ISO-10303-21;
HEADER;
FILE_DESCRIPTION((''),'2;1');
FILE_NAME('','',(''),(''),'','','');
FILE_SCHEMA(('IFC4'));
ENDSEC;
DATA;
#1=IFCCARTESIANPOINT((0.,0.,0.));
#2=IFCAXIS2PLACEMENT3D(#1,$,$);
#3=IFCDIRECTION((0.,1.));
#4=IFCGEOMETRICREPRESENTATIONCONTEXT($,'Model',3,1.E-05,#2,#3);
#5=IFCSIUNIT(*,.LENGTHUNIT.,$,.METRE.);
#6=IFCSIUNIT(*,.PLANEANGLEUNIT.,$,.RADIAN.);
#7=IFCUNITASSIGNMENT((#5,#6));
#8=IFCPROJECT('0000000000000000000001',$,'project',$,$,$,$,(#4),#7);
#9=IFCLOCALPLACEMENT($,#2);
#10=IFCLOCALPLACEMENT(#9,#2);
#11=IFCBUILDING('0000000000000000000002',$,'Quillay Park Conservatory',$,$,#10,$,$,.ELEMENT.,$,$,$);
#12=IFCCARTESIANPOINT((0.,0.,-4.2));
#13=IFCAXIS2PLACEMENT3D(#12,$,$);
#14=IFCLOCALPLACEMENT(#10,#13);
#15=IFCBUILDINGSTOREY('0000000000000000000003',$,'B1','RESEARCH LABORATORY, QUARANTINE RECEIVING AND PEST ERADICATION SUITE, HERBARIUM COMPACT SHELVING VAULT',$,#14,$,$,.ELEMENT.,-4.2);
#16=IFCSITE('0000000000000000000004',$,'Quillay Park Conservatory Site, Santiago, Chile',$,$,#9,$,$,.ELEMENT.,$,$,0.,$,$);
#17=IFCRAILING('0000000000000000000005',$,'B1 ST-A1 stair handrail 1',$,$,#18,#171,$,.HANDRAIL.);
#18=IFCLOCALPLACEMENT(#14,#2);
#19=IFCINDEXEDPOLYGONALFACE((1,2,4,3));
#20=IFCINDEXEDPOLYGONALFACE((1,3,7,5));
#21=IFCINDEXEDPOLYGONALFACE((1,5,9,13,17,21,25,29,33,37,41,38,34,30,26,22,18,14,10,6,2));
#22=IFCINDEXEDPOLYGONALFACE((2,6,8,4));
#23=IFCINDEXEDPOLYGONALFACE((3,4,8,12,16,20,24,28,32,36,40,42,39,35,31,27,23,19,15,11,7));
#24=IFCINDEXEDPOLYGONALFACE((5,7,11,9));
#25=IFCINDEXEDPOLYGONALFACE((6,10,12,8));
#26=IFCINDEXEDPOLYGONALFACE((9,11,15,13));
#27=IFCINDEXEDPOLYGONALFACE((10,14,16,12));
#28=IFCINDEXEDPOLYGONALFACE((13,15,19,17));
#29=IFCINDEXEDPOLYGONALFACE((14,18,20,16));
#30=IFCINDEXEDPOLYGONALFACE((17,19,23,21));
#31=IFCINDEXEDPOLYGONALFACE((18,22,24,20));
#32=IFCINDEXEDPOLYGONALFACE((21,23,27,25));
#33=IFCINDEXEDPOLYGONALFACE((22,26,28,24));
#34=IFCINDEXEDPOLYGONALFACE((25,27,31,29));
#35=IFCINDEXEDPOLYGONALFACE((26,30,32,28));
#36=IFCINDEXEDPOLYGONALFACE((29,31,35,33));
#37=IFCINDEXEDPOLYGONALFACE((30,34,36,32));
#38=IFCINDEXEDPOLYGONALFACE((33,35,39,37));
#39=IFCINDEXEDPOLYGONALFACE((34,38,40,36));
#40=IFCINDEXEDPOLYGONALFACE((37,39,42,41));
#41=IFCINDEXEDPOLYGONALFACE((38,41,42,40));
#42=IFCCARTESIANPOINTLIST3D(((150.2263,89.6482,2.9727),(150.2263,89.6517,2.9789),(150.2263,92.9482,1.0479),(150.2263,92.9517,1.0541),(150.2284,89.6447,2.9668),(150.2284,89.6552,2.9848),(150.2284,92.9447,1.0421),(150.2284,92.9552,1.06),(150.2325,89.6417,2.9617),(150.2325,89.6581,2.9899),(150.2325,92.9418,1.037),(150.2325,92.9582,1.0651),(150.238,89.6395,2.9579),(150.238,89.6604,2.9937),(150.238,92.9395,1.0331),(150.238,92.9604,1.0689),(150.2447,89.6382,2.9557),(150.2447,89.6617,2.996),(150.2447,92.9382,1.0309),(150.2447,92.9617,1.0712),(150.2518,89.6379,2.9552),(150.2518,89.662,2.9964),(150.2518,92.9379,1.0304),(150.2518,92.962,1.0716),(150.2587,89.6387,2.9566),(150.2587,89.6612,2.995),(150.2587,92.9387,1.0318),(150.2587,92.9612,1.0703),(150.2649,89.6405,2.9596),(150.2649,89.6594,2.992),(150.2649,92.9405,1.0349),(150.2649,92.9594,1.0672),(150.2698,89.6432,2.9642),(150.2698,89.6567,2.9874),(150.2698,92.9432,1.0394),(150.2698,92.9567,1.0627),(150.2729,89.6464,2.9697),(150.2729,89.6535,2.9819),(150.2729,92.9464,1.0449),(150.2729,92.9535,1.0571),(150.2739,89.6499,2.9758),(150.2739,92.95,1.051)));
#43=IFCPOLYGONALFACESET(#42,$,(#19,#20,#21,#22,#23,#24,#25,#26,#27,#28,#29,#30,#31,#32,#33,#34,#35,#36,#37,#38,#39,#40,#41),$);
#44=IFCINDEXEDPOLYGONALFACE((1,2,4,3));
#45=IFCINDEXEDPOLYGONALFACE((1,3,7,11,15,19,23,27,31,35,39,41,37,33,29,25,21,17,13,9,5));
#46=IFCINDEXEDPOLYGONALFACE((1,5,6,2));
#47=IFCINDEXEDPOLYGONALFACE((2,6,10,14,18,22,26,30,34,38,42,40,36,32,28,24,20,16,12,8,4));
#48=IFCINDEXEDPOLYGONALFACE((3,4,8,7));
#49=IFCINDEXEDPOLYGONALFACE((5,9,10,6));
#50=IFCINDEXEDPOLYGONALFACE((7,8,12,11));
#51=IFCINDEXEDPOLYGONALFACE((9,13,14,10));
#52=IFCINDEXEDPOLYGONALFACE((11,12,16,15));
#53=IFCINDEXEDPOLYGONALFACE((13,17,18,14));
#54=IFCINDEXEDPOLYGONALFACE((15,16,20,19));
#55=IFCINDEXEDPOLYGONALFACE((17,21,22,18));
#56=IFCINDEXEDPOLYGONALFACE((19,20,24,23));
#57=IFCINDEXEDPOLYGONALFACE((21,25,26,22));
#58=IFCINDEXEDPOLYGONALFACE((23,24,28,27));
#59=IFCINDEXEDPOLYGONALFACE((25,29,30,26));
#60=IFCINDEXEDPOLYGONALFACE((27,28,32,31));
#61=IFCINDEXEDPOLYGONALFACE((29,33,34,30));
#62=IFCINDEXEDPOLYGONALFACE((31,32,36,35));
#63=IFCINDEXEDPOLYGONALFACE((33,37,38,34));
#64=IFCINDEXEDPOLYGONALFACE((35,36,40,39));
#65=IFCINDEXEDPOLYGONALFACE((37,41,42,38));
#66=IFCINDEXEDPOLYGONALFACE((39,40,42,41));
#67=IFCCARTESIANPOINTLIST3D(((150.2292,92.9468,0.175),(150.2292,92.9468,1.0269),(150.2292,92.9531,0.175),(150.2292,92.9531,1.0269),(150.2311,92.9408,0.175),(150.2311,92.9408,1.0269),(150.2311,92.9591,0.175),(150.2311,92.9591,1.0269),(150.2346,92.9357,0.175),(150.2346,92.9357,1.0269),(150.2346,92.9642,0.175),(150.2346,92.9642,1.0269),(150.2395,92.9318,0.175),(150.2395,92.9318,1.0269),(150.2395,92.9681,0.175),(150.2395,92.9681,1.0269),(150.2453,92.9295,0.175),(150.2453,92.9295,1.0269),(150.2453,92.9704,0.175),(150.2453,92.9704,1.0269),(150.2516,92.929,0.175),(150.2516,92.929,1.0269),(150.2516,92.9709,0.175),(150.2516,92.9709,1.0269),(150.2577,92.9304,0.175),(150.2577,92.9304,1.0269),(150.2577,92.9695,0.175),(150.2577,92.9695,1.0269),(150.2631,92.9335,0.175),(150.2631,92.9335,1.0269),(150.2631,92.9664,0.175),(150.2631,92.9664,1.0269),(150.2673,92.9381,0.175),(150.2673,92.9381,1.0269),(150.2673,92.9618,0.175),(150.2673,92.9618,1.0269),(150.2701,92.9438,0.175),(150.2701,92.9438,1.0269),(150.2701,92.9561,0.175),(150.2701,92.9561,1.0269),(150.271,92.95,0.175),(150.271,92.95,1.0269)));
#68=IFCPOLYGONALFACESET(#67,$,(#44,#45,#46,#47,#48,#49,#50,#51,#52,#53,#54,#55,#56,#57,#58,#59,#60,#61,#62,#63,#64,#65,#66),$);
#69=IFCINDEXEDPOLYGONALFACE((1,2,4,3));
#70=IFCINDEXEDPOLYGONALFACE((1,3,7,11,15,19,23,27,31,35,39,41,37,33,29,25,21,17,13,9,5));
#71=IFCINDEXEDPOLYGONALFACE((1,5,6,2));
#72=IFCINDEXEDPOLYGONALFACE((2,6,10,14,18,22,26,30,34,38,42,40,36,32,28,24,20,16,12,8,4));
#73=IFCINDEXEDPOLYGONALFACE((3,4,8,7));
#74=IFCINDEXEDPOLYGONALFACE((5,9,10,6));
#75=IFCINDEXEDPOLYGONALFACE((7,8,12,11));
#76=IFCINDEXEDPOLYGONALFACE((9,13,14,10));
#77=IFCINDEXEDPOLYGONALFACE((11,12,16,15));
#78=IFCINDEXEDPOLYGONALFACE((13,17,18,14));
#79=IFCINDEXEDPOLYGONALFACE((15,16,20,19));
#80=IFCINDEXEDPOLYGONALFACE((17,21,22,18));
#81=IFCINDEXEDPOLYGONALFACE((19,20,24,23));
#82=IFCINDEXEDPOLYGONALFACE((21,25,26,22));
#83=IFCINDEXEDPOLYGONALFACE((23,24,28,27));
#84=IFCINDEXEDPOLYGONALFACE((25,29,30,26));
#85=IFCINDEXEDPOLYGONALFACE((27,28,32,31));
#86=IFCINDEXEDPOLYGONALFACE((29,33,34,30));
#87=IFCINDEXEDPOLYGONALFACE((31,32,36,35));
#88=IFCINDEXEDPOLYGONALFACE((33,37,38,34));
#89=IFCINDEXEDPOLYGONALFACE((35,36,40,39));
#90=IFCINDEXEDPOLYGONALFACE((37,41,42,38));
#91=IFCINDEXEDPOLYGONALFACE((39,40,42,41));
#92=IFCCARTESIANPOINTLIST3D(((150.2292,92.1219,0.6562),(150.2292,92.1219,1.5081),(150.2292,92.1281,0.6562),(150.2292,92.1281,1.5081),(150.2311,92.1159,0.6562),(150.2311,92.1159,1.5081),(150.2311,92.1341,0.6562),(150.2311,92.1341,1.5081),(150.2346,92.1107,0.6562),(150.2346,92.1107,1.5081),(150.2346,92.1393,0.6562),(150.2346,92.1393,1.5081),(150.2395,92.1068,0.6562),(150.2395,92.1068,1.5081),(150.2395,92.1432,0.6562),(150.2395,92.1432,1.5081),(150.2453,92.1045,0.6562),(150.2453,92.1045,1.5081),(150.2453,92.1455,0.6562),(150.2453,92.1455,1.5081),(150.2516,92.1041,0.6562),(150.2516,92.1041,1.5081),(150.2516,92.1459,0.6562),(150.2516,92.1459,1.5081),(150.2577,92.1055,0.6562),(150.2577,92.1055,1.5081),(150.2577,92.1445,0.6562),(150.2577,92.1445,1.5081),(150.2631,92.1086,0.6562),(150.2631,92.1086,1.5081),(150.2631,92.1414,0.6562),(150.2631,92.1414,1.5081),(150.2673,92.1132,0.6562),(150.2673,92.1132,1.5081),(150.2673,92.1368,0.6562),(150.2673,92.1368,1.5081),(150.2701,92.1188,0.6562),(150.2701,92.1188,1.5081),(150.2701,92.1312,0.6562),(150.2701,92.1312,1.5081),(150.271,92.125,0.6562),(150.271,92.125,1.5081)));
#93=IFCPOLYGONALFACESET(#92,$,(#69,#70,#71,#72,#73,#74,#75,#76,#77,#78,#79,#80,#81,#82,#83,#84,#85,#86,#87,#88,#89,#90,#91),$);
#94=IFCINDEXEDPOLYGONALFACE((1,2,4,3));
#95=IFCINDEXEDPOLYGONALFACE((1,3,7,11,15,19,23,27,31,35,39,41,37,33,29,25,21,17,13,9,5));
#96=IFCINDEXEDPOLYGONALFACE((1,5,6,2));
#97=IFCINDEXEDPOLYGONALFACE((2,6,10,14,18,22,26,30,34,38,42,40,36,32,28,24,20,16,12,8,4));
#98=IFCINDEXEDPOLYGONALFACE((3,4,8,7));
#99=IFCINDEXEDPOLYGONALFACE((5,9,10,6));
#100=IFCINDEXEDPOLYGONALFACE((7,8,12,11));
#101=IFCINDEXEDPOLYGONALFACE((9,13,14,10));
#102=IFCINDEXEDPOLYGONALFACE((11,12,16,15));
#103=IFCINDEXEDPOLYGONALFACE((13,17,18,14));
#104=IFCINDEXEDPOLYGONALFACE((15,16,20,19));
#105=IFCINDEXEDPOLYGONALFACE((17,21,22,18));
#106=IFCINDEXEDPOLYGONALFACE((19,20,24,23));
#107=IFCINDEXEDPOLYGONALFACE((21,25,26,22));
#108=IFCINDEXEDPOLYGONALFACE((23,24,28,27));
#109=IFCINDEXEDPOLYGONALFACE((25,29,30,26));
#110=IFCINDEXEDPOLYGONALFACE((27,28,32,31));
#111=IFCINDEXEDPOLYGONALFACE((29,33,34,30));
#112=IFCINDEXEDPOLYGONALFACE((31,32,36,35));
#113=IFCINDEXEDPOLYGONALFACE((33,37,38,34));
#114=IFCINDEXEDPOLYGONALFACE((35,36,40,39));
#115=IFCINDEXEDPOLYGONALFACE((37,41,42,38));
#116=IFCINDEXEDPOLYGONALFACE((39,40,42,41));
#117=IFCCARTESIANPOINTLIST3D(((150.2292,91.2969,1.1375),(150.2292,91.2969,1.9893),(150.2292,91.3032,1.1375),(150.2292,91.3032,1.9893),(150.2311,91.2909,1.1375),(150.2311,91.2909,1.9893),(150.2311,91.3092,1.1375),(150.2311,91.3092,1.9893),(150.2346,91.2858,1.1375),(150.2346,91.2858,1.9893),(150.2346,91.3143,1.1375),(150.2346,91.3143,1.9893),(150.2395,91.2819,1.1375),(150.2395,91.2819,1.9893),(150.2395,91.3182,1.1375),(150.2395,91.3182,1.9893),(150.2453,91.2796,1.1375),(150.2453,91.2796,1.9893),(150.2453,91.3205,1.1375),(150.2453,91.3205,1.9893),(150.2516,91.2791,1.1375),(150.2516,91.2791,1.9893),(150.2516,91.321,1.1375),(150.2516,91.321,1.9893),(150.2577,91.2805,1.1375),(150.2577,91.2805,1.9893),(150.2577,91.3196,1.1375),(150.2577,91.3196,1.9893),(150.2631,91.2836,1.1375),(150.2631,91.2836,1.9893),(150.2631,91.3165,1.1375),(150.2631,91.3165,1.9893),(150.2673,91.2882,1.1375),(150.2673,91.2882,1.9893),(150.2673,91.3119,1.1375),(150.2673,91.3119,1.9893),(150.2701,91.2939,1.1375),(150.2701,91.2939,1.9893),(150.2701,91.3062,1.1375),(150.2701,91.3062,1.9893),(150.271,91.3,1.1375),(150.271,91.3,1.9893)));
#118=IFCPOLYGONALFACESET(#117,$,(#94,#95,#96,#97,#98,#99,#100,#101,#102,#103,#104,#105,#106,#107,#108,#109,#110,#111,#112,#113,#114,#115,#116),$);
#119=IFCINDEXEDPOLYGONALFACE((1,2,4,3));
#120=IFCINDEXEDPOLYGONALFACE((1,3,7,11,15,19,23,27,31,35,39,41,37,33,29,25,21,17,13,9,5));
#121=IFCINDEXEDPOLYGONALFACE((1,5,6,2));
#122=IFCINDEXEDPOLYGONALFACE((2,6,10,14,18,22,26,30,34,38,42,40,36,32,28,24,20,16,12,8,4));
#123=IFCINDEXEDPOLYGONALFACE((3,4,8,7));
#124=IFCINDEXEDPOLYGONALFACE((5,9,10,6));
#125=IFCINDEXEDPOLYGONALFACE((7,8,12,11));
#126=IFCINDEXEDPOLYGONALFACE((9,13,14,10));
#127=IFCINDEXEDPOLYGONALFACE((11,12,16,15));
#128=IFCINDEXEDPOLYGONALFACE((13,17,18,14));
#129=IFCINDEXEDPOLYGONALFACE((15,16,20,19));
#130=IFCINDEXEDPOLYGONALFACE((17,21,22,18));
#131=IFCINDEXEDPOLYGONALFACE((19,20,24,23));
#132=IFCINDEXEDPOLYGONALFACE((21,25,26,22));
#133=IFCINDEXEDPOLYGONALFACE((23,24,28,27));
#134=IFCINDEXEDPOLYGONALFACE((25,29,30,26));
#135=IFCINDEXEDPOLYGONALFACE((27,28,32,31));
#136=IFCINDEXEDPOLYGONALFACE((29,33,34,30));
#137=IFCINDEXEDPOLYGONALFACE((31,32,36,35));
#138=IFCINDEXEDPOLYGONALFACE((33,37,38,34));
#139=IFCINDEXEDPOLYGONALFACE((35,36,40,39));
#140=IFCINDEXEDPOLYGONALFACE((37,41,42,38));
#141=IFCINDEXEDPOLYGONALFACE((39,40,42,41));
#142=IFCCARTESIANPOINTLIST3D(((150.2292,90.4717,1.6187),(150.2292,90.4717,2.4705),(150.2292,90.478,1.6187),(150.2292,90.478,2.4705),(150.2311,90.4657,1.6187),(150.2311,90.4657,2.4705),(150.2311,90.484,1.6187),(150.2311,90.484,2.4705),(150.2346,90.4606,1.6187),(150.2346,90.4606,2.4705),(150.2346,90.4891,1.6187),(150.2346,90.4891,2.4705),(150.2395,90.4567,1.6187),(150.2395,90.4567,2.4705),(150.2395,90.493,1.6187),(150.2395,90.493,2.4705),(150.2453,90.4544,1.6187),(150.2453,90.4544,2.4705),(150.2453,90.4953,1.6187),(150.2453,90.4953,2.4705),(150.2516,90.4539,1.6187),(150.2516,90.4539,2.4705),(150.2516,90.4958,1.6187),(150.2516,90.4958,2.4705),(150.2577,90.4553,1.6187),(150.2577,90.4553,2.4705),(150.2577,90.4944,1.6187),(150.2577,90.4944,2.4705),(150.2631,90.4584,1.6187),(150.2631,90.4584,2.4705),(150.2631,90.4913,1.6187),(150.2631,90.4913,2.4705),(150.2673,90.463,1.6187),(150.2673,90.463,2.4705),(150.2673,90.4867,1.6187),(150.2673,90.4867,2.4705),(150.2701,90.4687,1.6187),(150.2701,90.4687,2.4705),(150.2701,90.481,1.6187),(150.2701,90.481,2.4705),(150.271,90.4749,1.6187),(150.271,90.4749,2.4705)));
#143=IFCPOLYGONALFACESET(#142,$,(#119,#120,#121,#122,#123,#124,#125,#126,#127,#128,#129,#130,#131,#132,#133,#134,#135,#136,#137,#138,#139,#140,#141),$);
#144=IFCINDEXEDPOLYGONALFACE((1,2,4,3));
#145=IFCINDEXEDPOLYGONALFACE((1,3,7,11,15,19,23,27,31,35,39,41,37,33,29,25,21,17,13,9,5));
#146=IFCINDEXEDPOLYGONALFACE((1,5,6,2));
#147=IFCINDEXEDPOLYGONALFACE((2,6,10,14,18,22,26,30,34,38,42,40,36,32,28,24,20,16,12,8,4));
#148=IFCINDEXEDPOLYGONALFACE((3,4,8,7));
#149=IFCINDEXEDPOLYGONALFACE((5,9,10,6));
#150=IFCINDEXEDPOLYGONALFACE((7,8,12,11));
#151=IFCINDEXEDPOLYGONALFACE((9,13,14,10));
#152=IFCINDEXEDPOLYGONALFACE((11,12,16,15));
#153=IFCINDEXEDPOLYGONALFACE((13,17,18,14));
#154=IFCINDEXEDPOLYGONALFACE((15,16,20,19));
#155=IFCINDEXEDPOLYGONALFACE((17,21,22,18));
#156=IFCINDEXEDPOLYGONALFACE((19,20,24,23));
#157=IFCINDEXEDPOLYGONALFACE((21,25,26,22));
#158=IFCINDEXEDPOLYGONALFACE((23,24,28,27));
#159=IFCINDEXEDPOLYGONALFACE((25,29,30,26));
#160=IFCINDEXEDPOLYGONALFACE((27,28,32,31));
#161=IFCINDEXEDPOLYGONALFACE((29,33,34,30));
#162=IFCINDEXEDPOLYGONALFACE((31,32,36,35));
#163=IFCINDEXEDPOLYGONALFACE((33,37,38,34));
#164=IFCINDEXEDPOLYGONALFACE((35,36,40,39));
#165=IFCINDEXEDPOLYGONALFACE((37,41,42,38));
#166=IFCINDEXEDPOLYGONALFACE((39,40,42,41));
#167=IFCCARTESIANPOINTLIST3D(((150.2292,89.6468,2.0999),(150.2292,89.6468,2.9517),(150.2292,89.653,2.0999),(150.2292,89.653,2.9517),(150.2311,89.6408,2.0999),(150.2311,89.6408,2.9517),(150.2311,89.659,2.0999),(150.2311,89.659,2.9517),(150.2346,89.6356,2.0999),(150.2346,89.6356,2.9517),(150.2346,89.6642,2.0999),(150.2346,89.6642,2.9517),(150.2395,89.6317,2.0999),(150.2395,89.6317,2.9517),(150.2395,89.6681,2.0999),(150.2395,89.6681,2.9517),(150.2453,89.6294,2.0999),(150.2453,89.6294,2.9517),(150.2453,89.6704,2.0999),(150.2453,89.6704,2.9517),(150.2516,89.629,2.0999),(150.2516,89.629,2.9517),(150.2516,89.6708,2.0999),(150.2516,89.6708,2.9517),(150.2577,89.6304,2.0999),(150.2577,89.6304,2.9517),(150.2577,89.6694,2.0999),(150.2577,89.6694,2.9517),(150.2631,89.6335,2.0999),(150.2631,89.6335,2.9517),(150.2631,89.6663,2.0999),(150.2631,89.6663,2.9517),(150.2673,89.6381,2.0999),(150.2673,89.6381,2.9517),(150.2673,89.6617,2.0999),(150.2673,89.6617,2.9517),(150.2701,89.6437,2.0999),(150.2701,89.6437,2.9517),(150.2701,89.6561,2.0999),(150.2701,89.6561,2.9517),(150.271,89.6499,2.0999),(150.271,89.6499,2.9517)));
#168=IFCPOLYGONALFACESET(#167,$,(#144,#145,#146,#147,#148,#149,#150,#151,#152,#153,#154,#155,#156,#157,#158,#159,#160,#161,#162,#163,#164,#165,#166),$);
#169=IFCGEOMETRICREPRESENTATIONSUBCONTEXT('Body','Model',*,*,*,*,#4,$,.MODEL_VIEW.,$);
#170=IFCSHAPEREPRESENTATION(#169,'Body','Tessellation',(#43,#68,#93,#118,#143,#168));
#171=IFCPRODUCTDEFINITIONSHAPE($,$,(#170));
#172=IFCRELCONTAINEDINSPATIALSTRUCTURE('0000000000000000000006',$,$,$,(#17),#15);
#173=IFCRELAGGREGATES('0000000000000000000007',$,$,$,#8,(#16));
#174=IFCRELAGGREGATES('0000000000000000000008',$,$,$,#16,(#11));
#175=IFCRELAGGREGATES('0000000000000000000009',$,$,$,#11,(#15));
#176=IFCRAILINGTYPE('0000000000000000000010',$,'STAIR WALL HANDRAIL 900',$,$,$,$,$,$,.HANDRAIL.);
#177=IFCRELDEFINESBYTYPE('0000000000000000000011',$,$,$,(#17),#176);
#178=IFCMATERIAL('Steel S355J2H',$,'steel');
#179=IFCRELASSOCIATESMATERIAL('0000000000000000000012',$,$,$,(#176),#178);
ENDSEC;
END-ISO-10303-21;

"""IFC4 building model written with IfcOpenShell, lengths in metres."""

from ifc_helpers import new_model, si_unit, direction, frame, origin, origin_2d, place, context, subcontext, project, spatial, circle, extrude, material, type_object, element, save


model = new_model("IFC4")

# Units and contexts
model_context = context("Model", 3, precision=1e-05, world=origin(), true_north=direction((0.0, 1.0)))
body_context = subcontext(model_context, "Body", "Model", "MODEL_VIEW")
ifc_project = project(units=[si_unit("LENGTHUNIT", "METRE"), si_unit("PLANEANGLEUNIT", "RADIAN")], contexts=[model_context])

# Site, building, storey
site_placement = place(None, origin())
site = spatial("IfcSite", under=ifc_project, at=site_placement, Name="Quillay Park Conservatory Site, Santiago, Chile", CompositionType="ELEMENT", RefElevation=0.0)
building_placement = place(site_placement, origin())
building = spatial("IfcBuilding", under=site, at=building_placement, Name="Quillay Park Conservatory", CompositionType="ELEMENT")
storey_placement = place(building_placement, frame((0.0, 0.0, -4.2)))
storey = spatial("IfcBuildingStorey", under=building, at=storey_placement, Name="B1", Description="RESEARCH LABORATORY, QUARANTINE RECEIVING AND PEST ERADICATION SUITE, HERBARIUM COMPACT SHELVING VAULT", CompositionType="ELEMENT", Elevation=-4.2)

# Railing
ifc_material_1 = material(Name="Steel S355J2H", Category="steel")
railing_type_1 = type_object("IfcRailingType", Name="STAIR WALL HANDRAIL 900", PredefinedType="HANDRAIL", material=ifc_material_1)
railing_1_placement = place(storey_placement, frame((150.25, 92.95, 0.175)))
element("IfcRailing", 1, at=railing_1_placement, inside=storey, type_object=railing_type_1, Name="B1 ST-A1 stair handrail 1", PredefinedType="HANDRAIL", context=body_context, shape_type="SweptSolid", body=[
    extrude(circle(Radius=0.0239, at=origin_2d()), frame((0.0, 0.0, 0.876), z_axis=(0.0, -0.863804, 0.503827), x_axis=(1.0, 0.0, 0.0)), (0.0, 0.0, 1.0), 3.8203),
    extrude(circle(Radius=0.021, at=origin_2d()), origin(), (0.0, 0.0, 1.0), 0.8518),
    extrude(circle(Radius=0.021, at=origin_2d()), frame((0.0, -0.825, 0.4812)), (0.0, 0.0, 1.0), 0.8518),
    extrude(circle(Radius=0.021, at=origin_2d()), frame((0.0, -1.6499, 0.9624)), (0.0, 0.0, 1.0), 0.8518),
    extrude(circle(Radius=0.021, at=origin_2d()), frame((0.0, -2.4751, 1.4436)), (0.0, 0.0, 1.0), 0.8518),
    extrude(circle(Radius=0.021, at=origin_2d()), frame((0.0, -3.3, 1.9248)), (0.0, 0.0, 1.0), 0.8518),
])

save(model, "model.ifc")
